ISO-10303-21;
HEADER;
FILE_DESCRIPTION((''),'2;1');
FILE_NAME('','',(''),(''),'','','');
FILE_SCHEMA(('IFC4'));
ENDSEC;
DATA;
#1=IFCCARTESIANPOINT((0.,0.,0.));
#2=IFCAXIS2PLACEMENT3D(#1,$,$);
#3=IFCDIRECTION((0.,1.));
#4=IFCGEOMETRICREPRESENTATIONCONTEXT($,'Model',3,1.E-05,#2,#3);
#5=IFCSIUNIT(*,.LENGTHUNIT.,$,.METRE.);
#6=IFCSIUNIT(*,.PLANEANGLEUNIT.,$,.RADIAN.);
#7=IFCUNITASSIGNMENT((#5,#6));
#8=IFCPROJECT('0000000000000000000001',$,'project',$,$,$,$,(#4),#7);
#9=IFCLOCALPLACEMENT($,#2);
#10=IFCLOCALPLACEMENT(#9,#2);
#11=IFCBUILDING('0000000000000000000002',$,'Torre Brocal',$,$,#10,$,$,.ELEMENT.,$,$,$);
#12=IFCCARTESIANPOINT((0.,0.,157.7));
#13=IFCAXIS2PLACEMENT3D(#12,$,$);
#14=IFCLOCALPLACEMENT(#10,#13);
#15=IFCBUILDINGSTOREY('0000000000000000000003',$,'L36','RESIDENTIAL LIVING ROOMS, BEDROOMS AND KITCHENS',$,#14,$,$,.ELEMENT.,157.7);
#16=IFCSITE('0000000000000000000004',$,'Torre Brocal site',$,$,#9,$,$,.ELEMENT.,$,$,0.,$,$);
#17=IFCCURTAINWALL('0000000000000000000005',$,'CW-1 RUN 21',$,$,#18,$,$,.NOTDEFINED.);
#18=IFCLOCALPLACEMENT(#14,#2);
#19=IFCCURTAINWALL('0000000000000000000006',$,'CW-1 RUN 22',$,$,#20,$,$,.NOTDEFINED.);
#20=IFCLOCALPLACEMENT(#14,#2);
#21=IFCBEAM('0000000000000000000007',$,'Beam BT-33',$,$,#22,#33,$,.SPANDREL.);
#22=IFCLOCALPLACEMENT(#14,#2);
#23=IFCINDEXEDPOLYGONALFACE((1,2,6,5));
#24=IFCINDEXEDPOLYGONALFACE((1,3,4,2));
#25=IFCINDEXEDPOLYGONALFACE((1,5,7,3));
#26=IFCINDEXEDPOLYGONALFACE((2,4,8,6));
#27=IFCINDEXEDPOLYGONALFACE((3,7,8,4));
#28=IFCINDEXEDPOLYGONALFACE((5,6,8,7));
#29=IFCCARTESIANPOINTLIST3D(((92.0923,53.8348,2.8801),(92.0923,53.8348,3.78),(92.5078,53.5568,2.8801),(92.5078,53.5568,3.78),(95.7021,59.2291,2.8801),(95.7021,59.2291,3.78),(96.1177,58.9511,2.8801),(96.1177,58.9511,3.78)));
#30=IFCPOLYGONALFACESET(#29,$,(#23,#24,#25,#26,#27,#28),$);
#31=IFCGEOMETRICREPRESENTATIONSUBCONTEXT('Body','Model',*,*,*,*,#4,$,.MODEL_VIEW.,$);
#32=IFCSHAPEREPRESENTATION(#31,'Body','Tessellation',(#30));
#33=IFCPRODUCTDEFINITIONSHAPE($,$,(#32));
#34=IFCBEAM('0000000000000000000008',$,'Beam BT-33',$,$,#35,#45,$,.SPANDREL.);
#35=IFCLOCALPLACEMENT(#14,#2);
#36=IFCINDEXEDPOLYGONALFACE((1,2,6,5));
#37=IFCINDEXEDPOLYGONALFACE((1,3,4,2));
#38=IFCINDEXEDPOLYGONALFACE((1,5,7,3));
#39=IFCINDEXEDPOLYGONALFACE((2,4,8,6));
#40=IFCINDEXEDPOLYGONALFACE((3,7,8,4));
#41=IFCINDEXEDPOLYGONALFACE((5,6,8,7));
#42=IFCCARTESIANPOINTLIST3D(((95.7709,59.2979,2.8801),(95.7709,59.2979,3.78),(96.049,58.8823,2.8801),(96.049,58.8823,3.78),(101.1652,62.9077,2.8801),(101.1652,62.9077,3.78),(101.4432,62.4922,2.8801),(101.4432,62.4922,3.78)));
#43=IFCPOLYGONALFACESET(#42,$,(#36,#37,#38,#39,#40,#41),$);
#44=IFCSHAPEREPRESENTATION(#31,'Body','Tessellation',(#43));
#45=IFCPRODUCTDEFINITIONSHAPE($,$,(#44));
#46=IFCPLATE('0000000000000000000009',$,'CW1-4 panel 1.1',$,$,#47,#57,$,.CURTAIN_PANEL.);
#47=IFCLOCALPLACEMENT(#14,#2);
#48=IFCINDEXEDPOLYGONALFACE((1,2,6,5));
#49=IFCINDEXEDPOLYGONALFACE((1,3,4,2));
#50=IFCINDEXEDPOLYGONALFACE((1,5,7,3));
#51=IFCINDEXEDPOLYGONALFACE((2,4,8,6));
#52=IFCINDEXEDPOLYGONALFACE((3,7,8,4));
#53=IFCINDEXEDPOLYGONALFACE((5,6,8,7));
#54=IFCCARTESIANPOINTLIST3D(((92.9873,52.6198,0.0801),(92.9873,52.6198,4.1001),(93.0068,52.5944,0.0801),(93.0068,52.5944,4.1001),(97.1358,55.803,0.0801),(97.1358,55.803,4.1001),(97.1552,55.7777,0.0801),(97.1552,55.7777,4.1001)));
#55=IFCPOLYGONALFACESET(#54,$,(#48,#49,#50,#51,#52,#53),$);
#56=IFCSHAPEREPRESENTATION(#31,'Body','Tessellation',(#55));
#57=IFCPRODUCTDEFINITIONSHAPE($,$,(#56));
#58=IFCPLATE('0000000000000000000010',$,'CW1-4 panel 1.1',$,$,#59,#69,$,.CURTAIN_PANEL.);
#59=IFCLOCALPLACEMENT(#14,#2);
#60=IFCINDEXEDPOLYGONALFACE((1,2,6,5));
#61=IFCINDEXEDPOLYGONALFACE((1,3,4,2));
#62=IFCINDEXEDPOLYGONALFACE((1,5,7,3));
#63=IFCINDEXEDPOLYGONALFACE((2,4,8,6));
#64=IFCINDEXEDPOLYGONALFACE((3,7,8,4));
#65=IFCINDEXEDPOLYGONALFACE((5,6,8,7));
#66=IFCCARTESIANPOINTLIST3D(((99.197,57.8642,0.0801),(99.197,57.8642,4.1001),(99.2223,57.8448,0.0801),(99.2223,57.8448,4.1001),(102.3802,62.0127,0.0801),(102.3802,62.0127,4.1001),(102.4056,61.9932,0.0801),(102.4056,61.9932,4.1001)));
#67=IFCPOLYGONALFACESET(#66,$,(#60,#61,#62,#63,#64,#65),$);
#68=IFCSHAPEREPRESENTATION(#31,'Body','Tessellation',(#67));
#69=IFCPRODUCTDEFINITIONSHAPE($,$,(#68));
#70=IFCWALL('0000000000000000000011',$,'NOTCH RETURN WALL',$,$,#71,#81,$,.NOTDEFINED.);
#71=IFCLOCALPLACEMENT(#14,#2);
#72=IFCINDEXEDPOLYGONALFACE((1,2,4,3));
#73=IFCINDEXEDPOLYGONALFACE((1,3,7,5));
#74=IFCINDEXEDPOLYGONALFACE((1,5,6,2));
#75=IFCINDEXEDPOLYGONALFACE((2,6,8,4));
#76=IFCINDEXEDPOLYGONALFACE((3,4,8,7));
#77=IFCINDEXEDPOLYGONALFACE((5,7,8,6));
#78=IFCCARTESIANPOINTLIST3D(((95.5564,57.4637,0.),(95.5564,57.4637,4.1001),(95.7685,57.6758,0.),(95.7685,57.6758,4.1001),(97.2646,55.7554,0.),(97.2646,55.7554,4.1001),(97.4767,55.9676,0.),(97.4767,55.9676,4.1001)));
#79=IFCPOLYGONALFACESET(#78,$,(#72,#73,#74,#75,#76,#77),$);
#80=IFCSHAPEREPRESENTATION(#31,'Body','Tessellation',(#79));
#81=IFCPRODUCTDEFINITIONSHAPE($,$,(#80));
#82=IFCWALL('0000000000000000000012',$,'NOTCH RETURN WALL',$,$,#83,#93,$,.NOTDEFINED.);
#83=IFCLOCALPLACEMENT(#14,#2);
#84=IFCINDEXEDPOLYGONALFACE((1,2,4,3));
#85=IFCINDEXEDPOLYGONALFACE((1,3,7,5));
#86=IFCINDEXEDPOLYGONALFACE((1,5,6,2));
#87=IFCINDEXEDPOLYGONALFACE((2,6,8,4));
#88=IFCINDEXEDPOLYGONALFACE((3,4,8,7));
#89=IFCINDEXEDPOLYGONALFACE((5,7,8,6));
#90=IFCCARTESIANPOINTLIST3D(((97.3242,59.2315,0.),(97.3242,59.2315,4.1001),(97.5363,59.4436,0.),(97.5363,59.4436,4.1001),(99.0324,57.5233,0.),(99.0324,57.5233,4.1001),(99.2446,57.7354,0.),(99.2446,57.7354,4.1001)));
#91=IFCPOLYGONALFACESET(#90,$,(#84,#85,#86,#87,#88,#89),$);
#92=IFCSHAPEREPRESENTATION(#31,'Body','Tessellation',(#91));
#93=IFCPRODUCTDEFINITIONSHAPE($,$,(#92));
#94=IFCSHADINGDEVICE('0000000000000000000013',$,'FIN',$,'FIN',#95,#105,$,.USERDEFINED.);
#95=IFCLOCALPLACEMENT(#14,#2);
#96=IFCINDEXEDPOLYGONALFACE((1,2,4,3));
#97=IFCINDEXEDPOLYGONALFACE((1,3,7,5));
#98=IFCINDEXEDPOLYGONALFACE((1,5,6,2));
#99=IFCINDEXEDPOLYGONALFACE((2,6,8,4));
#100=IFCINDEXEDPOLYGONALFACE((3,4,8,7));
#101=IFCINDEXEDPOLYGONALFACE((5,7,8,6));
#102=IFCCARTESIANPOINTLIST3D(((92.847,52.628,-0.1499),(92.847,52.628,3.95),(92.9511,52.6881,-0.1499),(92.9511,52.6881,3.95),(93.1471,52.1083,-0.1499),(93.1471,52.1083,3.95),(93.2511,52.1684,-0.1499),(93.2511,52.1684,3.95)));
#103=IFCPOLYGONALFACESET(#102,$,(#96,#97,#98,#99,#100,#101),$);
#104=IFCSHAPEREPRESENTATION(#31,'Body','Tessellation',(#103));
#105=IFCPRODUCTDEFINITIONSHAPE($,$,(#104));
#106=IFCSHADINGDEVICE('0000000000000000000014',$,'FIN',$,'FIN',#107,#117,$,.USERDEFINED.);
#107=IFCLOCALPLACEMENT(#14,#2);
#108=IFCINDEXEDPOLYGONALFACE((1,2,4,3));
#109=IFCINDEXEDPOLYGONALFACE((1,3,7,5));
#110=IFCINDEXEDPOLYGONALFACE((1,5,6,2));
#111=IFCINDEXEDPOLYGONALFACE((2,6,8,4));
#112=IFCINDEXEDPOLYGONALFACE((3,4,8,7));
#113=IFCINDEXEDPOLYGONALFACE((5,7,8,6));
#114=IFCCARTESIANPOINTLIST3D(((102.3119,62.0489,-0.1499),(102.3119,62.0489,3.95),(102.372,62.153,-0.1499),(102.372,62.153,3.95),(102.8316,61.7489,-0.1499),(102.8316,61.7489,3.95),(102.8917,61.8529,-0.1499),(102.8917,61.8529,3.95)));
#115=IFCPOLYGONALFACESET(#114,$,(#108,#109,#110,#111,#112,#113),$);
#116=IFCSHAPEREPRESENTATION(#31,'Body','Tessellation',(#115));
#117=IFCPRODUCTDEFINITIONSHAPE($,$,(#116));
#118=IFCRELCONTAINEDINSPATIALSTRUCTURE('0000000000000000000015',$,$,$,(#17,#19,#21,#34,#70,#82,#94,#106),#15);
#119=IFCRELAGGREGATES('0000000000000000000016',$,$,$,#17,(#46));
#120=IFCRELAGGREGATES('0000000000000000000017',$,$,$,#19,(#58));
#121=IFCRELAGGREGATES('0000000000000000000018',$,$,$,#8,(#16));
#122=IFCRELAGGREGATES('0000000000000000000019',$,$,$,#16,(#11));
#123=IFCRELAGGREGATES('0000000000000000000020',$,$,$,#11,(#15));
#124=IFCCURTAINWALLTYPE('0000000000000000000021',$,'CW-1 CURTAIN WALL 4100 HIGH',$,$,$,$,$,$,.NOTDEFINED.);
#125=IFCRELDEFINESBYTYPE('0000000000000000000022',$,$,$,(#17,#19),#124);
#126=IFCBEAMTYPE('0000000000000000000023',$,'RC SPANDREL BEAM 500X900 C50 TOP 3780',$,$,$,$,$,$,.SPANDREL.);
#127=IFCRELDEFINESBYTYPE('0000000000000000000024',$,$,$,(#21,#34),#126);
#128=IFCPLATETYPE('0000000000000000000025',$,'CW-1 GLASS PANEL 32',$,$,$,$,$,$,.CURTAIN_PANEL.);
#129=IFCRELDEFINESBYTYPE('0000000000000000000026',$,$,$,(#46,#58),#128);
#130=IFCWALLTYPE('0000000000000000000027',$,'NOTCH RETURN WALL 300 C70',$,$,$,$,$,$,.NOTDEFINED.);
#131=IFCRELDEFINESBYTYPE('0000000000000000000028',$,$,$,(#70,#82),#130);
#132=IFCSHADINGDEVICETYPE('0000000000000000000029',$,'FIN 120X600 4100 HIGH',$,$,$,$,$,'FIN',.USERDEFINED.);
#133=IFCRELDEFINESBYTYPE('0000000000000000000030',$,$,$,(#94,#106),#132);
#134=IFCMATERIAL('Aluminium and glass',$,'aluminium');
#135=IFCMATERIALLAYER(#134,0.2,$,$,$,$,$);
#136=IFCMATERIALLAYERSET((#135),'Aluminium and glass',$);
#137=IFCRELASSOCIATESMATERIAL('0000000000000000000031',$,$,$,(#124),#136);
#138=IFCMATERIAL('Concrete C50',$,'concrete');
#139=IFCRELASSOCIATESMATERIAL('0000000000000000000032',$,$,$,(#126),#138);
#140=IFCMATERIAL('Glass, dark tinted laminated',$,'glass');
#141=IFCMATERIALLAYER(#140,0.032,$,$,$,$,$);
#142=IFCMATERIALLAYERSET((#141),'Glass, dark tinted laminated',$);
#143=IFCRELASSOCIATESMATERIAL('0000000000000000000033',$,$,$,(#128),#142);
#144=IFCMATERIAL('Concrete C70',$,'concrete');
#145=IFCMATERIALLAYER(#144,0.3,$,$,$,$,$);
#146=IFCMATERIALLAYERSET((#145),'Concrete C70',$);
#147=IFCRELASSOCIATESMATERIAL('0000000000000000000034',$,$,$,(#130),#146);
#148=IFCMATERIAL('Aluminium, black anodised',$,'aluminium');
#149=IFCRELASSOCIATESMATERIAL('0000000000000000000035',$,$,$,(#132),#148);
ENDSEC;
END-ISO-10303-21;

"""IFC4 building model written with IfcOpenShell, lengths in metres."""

from ifc_helpers import new_model, si_unit, direction, frame, frame_2d, origin, origin_2d, place, context, subcontext, project, spatial, rectangle, extrude, material, layer, layer_set, material_profile, profile_set, type_object, element, aggregate, save


model = new_model("IFC4")

# Units and contexts
model_context = context("Model", 3, precision=1e-05, world=origin(), true_north=direction((0.0, 1.0)))
body_context = subcontext(model_context, "Body", "Model", "MODEL_VIEW")
ifc_project = project(units=[si_unit("LENGTHUNIT", "METRE"), si_unit("PLANEANGLEUNIT", "RADIAN")], contexts=[model_context])

# Site, building, storey
site_placement = place(None, origin())
site = spatial("IfcSite", under=ifc_project, at=site_placement, Name="Torre Brocal site", CompositionType="ELEMENT", RefElevation=0.0)
building_placement = place(site_placement, origin())
building = spatial("IfcBuilding", under=site, at=building_placement, Name="Torre Brocal", CompositionType="ELEMENT")
storey_placement = place(building_placement, frame((0.0, 0.0, 157.7)))
storey = spatial("IfcBuildingStorey", under=building, at=storey_placement, Name="L36", Description="RESIDENTIAL LIVING ROOMS, BEDROOMS AND KITCHENS", CompositionType="ELEMENT", Elevation=157.7)

# Shared definitions
ifc_material_1 = material(Name="Aluminium and glass", Category="aluminium")
ifc_layer_1 = layer(ifc_material_1, 0.2)
ifc_layer_set_1 = layer_set([ifc_layer_1], Name="Aluminium and glass")
curtain_wall_type = type_object("IfcCurtainWallType", Name="CW-1 CURTAIN WALL 4100 HIGH", PredefinedType="NOTDEFINED", material=ifc_layer_set_1)

# Curtain walls
curtain_wall_1_placement = place(storey_placement, origin())
curtain_wall_1 = element("IfcCurtainWall", 1, at=curtain_wall_1_placement, inside=storey, type_object=curtain_wall_type, Name="CW-1 RUN 21", PredefinedType="NOTDEFINED")
curtain_wall_2_placement = place(storey_placement, origin())
curtain_wall_2 = element("IfcCurtainWall", 2, at=curtain_wall_2_placement, inside=storey, type_object=curtain_wall_type, Name="CW-1 RUN 22", PredefinedType="NOTDEFINED")

# Beams
ifc_material_2 = material(Name="Concrete C50", Category="concrete")
ifc_material_profile_1 = material_profile(ifc_material_2, rectangle(XDim=0.5, YDim=0.8999, at=origin_2d()), Name="RC 500X900")
ifc_profile_set_1 = profile_set([ifc_material_profile_1], Name="Concrete C50")
beam_type_1 = type_object("IfcBeamType", Name="RC SPANDREL BEAM 500X900 C50 TOP 3780", PredefinedType="SPANDREL", material=ifc_profile_set_1)
for number, where, z_axis, x_axis, name in (
    (3, (92.3, 53.6958, 3.3301), (0.556158, 0.831077, 0.0), (-0.831077, 0.556158, 0.0), "Beam BT-33"),
    (4, (95.9099, 59.0901, 3.3301), (0.831077, 0.556158, 0.0), (-0.556158, 0.831077, 0.0), "Beam BT-33"),
):
    element("IfcBeam", number, at=place(storey_placement, frame(where, z_axis=z_axis, x_axis=x_axis)), inside=storey, type_object=beam_type_1, Name=name, PredefinedType="SPANDREL", context=body_context, shape_type="SweptSolid", body=[
        extrude(rectangle(XDim=0.5, YDim=0.8999, at=origin_2d()), origin(), (0.0, 0.0, 1.0), 6.4907),
    ])

# Plates
ifc_material_3 = material(Name="Glass, dark tinted laminated", Category="glass")
ifc_layer_2 = layer(ifc_material_3, 0.032)
ifc_layer_set_2 = layer_set([ifc_layer_2], Name="Glass, dark tinted laminated")
plate_type = type_object("IfcPlateType", Name="CW-1 GLASS PANEL 32", PredefinedType="CURTAIN_PANEL", material=ifc_layer_set_2)
plate_1_placement = place(storey_placement, frame((95.0713, 54.1987, 0.0801), z_axis=(0.0, 0.0, 1.0), x_axis=(0.793353, 0.608761, 0.0)))
plate_1 = element("IfcPlate", 5, at=plate_1_placement, type_object=plate_type, Name="CW1-4 panel 1.1", PredefinedType="CURTAIN_PANEL", context=body_context, shape_type="SweptSolid", body=[
    extrude(rectangle(XDim=5.229, YDim=0.032, at=origin_2d()), origin(), (0.0, 0.0, 1.0), 4.02),
])
aggregate(curtain_wall_1, [plate_1])
plate_2_placement = place(storey_placement, frame((100.8013, 59.9287, 0.0801), z_axis=(0.0, 0.0, 1.0), x_axis=(0.608761, 0.793353, 0.0)))
plate_2 = element("IfcPlate", 6, at=plate_2_placement, type_object=plate_type, Name="CW1-4 panel 1.1", PredefinedType="CURTAIN_PANEL", context=body_context, shape_type="SweptSolid", body=[
    extrude(rectangle(XDim=5.229, YDim=0.032, at=origin_2d()), origin(), (0.0, 0.0, 1.0), 4.02),
])
aggregate(curtain_wall_2, [plate_2])

# Walls
ifc_material_4 = material(Name="Concrete C70", Category="concrete")
ifc_layer_3 = layer(ifc_material_4, 0.3)
ifc_layer_set_3 = layer_set([ifc_layer_3], Name="Concrete C70")
wall_type = type_object("IfcWallType", Name="NOTCH RETURN WALL 300 C70", PredefinedType="NOTDEFINED", material=ifc_layer_set_3)
for number, where, z_axis, x_axis, name in (
    (7, (95.6624, 57.5698, 0.0), (0.0, 0.0, 1.0), (0.707107, -0.707107, 0.0), "NOTCH RETURN WALL"),
    (8, (97.4302, 59.3376, 0.0), (0.0, 0.0, 1.0), (0.707107, -0.707107, 0.0), "NOTCH RETURN WALL"),
):
    element("IfcWall", number, at=place(storey_placement, frame(where, z_axis=z_axis, x_axis=x_axis)), inside=storey, type_object=wall_type, Name=name, PredefinedType="NOTDEFINED", context=body_context, shape_type="SweptSolid", body=[
        extrude(rectangle(XDim=2.4158, YDim=0.3, at=frame_2d((1.208, 0.0))), origin(), (0.0, 0.0, 1.0), 4.1001),
    ])

# Shading devices
ifc_material_5 = material(Name="Aluminium, black anodised", Category="aluminium")
ifc_material_profile_2 = material_profile(ifc_material_5, rectangle(XDim=0.1201, YDim=0.6001, at=origin_2d()), Name="FIN 120X600 4100 HIGH")
ifc_profile_set_2 = profile_set([ifc_material_profile_2], Name="Aluminium, black anodised")
shading_device_type = type_object("IfcShadingDeviceType", Name="FIN 120X600 4100 HIGH", ElementType="FIN", PredefinedType="USERDEFINED", material=ifc_profile_set_2)
for number, where, z_axis, x_axis, name in (
    (9, (93.0491, 52.3982, -0.1499), (0.0, 0.0, 1.0), (0.866025, 0.5, 0.0), "FIN"),
    (10, (102.6018, 61.9509, -0.1499), (0.0, 0.0, 1.0), (0.5, 0.866025, 0.0), "FIN"),
):
    element("IfcShadingDevice", number, at=place(storey_placement, frame(where, z_axis=z_axis, x_axis=x_axis)), inside=storey, type_object=shading_device_type, Name=name, ObjectType="FIN", PredefinedType="USERDEFINED", context=body_context, shape_type="SweptSolid", body=[
        extrude(rectangle(XDim=0.1201, YDim=0.6001, at=origin_2d()), origin(), (0.0, 0.0, 1.0), 4.0999),
    ])

save(model, "model.ifc")
